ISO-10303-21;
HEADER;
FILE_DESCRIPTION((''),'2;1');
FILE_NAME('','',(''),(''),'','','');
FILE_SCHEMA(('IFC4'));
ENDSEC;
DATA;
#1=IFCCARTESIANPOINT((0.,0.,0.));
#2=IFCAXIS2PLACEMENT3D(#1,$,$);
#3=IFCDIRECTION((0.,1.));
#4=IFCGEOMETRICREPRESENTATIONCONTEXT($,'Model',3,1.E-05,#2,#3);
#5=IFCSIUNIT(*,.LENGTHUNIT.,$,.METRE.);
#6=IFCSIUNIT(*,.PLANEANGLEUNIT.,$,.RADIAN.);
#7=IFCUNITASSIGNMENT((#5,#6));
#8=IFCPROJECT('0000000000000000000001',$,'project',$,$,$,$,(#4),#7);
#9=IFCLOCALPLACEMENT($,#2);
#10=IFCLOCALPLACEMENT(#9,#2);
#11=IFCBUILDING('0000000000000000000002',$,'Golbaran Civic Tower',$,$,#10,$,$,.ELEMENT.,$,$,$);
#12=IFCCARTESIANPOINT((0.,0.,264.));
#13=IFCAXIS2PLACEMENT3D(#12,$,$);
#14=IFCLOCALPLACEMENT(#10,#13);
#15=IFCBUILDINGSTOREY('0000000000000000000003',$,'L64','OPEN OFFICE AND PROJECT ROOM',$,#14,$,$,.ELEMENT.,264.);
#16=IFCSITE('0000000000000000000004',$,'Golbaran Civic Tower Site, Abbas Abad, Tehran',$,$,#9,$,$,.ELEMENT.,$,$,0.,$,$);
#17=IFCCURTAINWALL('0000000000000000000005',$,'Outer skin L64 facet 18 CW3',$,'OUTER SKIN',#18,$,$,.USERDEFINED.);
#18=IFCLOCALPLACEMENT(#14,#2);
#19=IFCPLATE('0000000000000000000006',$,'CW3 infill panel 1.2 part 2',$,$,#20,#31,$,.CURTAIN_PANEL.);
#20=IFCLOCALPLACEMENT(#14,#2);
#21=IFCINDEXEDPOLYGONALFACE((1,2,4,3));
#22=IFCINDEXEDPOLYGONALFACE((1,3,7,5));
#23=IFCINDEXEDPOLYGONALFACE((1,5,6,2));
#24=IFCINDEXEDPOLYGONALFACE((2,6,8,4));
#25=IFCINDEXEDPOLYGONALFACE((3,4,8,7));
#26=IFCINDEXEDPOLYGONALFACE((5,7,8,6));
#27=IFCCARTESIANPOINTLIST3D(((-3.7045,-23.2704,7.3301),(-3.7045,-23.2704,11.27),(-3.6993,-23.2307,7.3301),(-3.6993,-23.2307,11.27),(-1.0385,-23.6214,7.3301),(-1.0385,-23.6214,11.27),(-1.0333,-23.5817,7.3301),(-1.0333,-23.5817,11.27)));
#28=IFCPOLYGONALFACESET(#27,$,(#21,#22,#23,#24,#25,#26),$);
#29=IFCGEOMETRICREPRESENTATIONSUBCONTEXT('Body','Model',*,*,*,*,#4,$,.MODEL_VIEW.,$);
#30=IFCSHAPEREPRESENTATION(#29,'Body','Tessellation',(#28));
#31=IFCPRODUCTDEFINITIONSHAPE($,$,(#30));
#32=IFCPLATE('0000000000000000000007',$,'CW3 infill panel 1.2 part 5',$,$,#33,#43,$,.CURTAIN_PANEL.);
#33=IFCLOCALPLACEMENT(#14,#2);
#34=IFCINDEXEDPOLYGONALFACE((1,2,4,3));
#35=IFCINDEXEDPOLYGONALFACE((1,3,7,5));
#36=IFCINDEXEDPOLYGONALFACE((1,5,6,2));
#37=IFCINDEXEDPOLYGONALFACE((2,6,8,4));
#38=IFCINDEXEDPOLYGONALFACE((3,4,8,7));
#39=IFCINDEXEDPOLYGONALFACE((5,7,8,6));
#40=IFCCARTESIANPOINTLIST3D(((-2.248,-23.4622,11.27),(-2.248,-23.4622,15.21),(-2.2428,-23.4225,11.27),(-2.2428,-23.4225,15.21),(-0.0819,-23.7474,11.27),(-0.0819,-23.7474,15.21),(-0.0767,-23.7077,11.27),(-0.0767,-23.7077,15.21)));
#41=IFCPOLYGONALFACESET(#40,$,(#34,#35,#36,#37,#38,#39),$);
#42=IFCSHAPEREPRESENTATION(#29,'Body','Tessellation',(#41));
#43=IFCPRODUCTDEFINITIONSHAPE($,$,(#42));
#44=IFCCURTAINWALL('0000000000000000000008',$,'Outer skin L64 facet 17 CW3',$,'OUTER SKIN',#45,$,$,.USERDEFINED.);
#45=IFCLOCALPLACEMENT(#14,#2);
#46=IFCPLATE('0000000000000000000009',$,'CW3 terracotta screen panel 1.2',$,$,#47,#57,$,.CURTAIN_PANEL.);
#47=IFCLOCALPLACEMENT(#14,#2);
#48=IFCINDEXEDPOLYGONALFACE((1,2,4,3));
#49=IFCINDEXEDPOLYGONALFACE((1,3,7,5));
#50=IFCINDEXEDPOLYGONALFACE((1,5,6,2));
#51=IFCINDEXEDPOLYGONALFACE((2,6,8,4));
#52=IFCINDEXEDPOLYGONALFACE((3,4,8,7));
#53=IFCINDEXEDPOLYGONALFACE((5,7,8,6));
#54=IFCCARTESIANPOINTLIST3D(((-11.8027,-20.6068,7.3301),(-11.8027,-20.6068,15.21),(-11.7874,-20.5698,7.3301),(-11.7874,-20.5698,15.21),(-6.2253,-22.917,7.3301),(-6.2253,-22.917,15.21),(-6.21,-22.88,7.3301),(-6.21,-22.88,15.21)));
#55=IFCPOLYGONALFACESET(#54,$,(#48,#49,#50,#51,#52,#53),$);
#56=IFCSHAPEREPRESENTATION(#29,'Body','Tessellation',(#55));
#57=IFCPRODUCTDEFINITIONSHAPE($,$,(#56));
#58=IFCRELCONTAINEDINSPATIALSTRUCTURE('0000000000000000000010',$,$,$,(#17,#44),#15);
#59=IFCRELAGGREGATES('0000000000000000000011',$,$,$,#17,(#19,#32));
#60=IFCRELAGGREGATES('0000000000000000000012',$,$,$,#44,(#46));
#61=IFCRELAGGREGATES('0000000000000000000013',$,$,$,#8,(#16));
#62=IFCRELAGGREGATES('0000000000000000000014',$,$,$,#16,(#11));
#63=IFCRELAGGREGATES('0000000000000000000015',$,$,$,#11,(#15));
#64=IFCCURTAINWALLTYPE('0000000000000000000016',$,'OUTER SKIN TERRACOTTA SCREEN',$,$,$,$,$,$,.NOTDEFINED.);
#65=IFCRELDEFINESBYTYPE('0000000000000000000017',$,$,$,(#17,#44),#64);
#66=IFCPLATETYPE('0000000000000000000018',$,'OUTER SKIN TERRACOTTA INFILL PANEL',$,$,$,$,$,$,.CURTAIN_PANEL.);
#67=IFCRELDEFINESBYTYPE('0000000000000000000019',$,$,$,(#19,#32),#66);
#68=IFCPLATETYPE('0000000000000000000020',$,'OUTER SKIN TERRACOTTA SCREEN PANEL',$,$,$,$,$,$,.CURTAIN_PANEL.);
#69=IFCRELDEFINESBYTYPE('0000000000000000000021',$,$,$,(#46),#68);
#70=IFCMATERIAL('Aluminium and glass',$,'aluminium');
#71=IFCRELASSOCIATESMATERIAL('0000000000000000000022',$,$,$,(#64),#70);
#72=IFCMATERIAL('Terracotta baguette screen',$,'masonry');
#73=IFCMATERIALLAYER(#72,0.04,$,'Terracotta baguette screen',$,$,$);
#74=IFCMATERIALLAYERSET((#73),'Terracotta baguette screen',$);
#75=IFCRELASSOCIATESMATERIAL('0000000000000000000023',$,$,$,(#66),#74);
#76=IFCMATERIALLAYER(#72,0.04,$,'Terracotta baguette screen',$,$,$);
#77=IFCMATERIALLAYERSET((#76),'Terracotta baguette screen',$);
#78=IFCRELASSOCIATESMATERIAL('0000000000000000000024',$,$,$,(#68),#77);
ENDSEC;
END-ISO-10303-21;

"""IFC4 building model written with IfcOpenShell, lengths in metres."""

from ifc_helpers import new_model, si_unit, direction, frame, origin, origin_2d, place, context, subcontext, project, spatial, rectangle, extrude, material, layer, layer_set, type_object, element, aggregate, save


model = new_model("IFC4")

# Units and contexts
model_context = context("Model", 3, precision=1e-05, world=origin(), true_north=direction((0.0, 1.0)))
body_context = subcontext(model_context, "Body", "Model", "MODEL_VIEW")
ifc_project = project(units=[si_unit("LENGTHUNIT", "METRE"), si_unit("PLANEANGLEUNIT", "RADIAN")], contexts=[model_context])

# Site, building, storey
site_placement = place(None, origin())
site = spatial("IfcSite", under=ifc_project, at=site_placement, Name="Golbaran Civic Tower Site, Abbas Abad, Tehran", CompositionType="ELEMENT", RefElevation=0.0)
building_placement = place(site_placement, origin())
building = spatial("IfcBuilding", under=site, at=building_placement, Name="Golbaran Civic Tower", CompositionType="ELEMENT")
storey_placement = place(building_placement, frame((0.0, 0.0, 264.0)))
storey = spatial("IfcBuildingStorey", under=building, at=storey_placement, Name="L64", Description="OPEN OFFICE AND PROJECT ROOM", CompositionType="ELEMENT", Elevation=264.0)

# Curtain wall
ifc_material_1 = material(Name="Aluminium and glass", Category="aluminium")
curtain_wall_type_1 = type_object("IfcCurtainWallType", Name="OUTER SKIN TERRACOTTA SCREEN", PredefinedType="NOTDEFINED", material=ifc_material_1)
curtain_wall_1_placement = place(storey_placement, origin())
curtain_wall_1 = element("IfcCurtainWall", 1, at=curtain_wall_1_placement, inside=storey, type_object=curtain_wall_type_1, Name="Outer skin L64 facet 18 CW3", ObjectType="OUTER SKIN", PredefinedType="USERDEFINED")

# Plates
ifc_material_2 = material(Name="Terracotta baguette screen", Category="masonry")
ifc_layer_1 = layer(ifc_material_2, 0.04, Name="Terracotta baguette screen")
ifc_layer_set_1 = layer_set([ifc_layer_1], Name="Terracotta baguette screen")
plate_type_1 = type_object("IfcPlateType", Name="OUTER SKIN TERRACOTTA INFILL PANEL", PredefinedType="CURTAIN_PANEL", material=ifc_layer_set_1)
plate_1_placement = place(storey_placement, frame((-2.3689, -23.426, 7.3301), z_axis=(0.0, 0.0, 1.0), x_axis=(0.991445, -0.130526, 0.0)))
plate_1 = element("IfcPlate", 2, at=plate_1_placement, type_object=plate_type_1, Name="CW3 infill panel 1.2 part 2", PredefinedType="CURTAIN_PANEL", context=body_context, shape_type="SweptSolid", body=[
    extrude(rectangle(XDim=2.689, YDim=0.04, at=origin_2d()), origin(), (0.0, 0.0, 1.0), 3.9399),
])
plate_2_placement = place(storey_placement, frame((-1.1624, -23.585, 11.27), z_axis=(0.0, 0.0, 1.0), x_axis=(0.991445, -0.130526, 0.0)))
plate_2 = element("IfcPlate", 3, at=plate_2_placement, type_object=plate_type_1, Name="CW3 infill panel 1.2 part 5", PredefinedType="CURTAIN_PANEL", context=body_context, shape_type="SweptSolid", body=[
    extrude(rectangle(XDim=2.1848, YDim=0.04, at=origin_2d()), origin(), (0.0, 0.0, 1.0), 3.9399),
])
aggregate(curtain_wall_1, [plate_1, plate_2])

# Curtain wall, plate
curtain_wall_2_placement = place(storey_placement, origin())
curtain_wall_2 = element("IfcCurtainWall", 4, at=curtain_wall_2_placement, inside=storey, type_object=curtain_wall_type_1, Name="Outer skin L64 facet 17 CW3", ObjectType="OUTER SKIN", PredefinedType="USERDEFINED")
ifc_layer_2 = layer(ifc_material_2, 0.04, Name="Terracotta baguette screen")
ifc_layer_set_2 = layer_set([ifc_layer_2], Name="Terracotta baguette screen")
plate_type_2 = type_object("IfcPlateType", Name="OUTER SKIN TERRACOTTA SCREEN PANEL", PredefinedType="CURTAIN_PANEL", material=ifc_layer_set_2)
plate_3_placement = place(storey_placement, frame((-9.0063, -21.7434, 7.3301), z_axis=(0.0, 0.0, 1.0), x_axis=(0.92388, -0.382683, 0.0)))
plate_3 = element("IfcPlate", 5, at=plate_3_placement, type_object=plate_type_2, Name="CW3 terracotta screen panel 1.2", PredefinedType="CURTAIN_PANEL", context=body_context, shape_type="SweptSolid", body=[
    extrude(rectangle(XDim=6.0369, YDim=0.04, at=origin_2d()), origin(), (0.0, 0.0, 1.0), 7.8799),
])
aggregate(curtain_wall_2, [plate_3])

save(model, "model.ifc")
